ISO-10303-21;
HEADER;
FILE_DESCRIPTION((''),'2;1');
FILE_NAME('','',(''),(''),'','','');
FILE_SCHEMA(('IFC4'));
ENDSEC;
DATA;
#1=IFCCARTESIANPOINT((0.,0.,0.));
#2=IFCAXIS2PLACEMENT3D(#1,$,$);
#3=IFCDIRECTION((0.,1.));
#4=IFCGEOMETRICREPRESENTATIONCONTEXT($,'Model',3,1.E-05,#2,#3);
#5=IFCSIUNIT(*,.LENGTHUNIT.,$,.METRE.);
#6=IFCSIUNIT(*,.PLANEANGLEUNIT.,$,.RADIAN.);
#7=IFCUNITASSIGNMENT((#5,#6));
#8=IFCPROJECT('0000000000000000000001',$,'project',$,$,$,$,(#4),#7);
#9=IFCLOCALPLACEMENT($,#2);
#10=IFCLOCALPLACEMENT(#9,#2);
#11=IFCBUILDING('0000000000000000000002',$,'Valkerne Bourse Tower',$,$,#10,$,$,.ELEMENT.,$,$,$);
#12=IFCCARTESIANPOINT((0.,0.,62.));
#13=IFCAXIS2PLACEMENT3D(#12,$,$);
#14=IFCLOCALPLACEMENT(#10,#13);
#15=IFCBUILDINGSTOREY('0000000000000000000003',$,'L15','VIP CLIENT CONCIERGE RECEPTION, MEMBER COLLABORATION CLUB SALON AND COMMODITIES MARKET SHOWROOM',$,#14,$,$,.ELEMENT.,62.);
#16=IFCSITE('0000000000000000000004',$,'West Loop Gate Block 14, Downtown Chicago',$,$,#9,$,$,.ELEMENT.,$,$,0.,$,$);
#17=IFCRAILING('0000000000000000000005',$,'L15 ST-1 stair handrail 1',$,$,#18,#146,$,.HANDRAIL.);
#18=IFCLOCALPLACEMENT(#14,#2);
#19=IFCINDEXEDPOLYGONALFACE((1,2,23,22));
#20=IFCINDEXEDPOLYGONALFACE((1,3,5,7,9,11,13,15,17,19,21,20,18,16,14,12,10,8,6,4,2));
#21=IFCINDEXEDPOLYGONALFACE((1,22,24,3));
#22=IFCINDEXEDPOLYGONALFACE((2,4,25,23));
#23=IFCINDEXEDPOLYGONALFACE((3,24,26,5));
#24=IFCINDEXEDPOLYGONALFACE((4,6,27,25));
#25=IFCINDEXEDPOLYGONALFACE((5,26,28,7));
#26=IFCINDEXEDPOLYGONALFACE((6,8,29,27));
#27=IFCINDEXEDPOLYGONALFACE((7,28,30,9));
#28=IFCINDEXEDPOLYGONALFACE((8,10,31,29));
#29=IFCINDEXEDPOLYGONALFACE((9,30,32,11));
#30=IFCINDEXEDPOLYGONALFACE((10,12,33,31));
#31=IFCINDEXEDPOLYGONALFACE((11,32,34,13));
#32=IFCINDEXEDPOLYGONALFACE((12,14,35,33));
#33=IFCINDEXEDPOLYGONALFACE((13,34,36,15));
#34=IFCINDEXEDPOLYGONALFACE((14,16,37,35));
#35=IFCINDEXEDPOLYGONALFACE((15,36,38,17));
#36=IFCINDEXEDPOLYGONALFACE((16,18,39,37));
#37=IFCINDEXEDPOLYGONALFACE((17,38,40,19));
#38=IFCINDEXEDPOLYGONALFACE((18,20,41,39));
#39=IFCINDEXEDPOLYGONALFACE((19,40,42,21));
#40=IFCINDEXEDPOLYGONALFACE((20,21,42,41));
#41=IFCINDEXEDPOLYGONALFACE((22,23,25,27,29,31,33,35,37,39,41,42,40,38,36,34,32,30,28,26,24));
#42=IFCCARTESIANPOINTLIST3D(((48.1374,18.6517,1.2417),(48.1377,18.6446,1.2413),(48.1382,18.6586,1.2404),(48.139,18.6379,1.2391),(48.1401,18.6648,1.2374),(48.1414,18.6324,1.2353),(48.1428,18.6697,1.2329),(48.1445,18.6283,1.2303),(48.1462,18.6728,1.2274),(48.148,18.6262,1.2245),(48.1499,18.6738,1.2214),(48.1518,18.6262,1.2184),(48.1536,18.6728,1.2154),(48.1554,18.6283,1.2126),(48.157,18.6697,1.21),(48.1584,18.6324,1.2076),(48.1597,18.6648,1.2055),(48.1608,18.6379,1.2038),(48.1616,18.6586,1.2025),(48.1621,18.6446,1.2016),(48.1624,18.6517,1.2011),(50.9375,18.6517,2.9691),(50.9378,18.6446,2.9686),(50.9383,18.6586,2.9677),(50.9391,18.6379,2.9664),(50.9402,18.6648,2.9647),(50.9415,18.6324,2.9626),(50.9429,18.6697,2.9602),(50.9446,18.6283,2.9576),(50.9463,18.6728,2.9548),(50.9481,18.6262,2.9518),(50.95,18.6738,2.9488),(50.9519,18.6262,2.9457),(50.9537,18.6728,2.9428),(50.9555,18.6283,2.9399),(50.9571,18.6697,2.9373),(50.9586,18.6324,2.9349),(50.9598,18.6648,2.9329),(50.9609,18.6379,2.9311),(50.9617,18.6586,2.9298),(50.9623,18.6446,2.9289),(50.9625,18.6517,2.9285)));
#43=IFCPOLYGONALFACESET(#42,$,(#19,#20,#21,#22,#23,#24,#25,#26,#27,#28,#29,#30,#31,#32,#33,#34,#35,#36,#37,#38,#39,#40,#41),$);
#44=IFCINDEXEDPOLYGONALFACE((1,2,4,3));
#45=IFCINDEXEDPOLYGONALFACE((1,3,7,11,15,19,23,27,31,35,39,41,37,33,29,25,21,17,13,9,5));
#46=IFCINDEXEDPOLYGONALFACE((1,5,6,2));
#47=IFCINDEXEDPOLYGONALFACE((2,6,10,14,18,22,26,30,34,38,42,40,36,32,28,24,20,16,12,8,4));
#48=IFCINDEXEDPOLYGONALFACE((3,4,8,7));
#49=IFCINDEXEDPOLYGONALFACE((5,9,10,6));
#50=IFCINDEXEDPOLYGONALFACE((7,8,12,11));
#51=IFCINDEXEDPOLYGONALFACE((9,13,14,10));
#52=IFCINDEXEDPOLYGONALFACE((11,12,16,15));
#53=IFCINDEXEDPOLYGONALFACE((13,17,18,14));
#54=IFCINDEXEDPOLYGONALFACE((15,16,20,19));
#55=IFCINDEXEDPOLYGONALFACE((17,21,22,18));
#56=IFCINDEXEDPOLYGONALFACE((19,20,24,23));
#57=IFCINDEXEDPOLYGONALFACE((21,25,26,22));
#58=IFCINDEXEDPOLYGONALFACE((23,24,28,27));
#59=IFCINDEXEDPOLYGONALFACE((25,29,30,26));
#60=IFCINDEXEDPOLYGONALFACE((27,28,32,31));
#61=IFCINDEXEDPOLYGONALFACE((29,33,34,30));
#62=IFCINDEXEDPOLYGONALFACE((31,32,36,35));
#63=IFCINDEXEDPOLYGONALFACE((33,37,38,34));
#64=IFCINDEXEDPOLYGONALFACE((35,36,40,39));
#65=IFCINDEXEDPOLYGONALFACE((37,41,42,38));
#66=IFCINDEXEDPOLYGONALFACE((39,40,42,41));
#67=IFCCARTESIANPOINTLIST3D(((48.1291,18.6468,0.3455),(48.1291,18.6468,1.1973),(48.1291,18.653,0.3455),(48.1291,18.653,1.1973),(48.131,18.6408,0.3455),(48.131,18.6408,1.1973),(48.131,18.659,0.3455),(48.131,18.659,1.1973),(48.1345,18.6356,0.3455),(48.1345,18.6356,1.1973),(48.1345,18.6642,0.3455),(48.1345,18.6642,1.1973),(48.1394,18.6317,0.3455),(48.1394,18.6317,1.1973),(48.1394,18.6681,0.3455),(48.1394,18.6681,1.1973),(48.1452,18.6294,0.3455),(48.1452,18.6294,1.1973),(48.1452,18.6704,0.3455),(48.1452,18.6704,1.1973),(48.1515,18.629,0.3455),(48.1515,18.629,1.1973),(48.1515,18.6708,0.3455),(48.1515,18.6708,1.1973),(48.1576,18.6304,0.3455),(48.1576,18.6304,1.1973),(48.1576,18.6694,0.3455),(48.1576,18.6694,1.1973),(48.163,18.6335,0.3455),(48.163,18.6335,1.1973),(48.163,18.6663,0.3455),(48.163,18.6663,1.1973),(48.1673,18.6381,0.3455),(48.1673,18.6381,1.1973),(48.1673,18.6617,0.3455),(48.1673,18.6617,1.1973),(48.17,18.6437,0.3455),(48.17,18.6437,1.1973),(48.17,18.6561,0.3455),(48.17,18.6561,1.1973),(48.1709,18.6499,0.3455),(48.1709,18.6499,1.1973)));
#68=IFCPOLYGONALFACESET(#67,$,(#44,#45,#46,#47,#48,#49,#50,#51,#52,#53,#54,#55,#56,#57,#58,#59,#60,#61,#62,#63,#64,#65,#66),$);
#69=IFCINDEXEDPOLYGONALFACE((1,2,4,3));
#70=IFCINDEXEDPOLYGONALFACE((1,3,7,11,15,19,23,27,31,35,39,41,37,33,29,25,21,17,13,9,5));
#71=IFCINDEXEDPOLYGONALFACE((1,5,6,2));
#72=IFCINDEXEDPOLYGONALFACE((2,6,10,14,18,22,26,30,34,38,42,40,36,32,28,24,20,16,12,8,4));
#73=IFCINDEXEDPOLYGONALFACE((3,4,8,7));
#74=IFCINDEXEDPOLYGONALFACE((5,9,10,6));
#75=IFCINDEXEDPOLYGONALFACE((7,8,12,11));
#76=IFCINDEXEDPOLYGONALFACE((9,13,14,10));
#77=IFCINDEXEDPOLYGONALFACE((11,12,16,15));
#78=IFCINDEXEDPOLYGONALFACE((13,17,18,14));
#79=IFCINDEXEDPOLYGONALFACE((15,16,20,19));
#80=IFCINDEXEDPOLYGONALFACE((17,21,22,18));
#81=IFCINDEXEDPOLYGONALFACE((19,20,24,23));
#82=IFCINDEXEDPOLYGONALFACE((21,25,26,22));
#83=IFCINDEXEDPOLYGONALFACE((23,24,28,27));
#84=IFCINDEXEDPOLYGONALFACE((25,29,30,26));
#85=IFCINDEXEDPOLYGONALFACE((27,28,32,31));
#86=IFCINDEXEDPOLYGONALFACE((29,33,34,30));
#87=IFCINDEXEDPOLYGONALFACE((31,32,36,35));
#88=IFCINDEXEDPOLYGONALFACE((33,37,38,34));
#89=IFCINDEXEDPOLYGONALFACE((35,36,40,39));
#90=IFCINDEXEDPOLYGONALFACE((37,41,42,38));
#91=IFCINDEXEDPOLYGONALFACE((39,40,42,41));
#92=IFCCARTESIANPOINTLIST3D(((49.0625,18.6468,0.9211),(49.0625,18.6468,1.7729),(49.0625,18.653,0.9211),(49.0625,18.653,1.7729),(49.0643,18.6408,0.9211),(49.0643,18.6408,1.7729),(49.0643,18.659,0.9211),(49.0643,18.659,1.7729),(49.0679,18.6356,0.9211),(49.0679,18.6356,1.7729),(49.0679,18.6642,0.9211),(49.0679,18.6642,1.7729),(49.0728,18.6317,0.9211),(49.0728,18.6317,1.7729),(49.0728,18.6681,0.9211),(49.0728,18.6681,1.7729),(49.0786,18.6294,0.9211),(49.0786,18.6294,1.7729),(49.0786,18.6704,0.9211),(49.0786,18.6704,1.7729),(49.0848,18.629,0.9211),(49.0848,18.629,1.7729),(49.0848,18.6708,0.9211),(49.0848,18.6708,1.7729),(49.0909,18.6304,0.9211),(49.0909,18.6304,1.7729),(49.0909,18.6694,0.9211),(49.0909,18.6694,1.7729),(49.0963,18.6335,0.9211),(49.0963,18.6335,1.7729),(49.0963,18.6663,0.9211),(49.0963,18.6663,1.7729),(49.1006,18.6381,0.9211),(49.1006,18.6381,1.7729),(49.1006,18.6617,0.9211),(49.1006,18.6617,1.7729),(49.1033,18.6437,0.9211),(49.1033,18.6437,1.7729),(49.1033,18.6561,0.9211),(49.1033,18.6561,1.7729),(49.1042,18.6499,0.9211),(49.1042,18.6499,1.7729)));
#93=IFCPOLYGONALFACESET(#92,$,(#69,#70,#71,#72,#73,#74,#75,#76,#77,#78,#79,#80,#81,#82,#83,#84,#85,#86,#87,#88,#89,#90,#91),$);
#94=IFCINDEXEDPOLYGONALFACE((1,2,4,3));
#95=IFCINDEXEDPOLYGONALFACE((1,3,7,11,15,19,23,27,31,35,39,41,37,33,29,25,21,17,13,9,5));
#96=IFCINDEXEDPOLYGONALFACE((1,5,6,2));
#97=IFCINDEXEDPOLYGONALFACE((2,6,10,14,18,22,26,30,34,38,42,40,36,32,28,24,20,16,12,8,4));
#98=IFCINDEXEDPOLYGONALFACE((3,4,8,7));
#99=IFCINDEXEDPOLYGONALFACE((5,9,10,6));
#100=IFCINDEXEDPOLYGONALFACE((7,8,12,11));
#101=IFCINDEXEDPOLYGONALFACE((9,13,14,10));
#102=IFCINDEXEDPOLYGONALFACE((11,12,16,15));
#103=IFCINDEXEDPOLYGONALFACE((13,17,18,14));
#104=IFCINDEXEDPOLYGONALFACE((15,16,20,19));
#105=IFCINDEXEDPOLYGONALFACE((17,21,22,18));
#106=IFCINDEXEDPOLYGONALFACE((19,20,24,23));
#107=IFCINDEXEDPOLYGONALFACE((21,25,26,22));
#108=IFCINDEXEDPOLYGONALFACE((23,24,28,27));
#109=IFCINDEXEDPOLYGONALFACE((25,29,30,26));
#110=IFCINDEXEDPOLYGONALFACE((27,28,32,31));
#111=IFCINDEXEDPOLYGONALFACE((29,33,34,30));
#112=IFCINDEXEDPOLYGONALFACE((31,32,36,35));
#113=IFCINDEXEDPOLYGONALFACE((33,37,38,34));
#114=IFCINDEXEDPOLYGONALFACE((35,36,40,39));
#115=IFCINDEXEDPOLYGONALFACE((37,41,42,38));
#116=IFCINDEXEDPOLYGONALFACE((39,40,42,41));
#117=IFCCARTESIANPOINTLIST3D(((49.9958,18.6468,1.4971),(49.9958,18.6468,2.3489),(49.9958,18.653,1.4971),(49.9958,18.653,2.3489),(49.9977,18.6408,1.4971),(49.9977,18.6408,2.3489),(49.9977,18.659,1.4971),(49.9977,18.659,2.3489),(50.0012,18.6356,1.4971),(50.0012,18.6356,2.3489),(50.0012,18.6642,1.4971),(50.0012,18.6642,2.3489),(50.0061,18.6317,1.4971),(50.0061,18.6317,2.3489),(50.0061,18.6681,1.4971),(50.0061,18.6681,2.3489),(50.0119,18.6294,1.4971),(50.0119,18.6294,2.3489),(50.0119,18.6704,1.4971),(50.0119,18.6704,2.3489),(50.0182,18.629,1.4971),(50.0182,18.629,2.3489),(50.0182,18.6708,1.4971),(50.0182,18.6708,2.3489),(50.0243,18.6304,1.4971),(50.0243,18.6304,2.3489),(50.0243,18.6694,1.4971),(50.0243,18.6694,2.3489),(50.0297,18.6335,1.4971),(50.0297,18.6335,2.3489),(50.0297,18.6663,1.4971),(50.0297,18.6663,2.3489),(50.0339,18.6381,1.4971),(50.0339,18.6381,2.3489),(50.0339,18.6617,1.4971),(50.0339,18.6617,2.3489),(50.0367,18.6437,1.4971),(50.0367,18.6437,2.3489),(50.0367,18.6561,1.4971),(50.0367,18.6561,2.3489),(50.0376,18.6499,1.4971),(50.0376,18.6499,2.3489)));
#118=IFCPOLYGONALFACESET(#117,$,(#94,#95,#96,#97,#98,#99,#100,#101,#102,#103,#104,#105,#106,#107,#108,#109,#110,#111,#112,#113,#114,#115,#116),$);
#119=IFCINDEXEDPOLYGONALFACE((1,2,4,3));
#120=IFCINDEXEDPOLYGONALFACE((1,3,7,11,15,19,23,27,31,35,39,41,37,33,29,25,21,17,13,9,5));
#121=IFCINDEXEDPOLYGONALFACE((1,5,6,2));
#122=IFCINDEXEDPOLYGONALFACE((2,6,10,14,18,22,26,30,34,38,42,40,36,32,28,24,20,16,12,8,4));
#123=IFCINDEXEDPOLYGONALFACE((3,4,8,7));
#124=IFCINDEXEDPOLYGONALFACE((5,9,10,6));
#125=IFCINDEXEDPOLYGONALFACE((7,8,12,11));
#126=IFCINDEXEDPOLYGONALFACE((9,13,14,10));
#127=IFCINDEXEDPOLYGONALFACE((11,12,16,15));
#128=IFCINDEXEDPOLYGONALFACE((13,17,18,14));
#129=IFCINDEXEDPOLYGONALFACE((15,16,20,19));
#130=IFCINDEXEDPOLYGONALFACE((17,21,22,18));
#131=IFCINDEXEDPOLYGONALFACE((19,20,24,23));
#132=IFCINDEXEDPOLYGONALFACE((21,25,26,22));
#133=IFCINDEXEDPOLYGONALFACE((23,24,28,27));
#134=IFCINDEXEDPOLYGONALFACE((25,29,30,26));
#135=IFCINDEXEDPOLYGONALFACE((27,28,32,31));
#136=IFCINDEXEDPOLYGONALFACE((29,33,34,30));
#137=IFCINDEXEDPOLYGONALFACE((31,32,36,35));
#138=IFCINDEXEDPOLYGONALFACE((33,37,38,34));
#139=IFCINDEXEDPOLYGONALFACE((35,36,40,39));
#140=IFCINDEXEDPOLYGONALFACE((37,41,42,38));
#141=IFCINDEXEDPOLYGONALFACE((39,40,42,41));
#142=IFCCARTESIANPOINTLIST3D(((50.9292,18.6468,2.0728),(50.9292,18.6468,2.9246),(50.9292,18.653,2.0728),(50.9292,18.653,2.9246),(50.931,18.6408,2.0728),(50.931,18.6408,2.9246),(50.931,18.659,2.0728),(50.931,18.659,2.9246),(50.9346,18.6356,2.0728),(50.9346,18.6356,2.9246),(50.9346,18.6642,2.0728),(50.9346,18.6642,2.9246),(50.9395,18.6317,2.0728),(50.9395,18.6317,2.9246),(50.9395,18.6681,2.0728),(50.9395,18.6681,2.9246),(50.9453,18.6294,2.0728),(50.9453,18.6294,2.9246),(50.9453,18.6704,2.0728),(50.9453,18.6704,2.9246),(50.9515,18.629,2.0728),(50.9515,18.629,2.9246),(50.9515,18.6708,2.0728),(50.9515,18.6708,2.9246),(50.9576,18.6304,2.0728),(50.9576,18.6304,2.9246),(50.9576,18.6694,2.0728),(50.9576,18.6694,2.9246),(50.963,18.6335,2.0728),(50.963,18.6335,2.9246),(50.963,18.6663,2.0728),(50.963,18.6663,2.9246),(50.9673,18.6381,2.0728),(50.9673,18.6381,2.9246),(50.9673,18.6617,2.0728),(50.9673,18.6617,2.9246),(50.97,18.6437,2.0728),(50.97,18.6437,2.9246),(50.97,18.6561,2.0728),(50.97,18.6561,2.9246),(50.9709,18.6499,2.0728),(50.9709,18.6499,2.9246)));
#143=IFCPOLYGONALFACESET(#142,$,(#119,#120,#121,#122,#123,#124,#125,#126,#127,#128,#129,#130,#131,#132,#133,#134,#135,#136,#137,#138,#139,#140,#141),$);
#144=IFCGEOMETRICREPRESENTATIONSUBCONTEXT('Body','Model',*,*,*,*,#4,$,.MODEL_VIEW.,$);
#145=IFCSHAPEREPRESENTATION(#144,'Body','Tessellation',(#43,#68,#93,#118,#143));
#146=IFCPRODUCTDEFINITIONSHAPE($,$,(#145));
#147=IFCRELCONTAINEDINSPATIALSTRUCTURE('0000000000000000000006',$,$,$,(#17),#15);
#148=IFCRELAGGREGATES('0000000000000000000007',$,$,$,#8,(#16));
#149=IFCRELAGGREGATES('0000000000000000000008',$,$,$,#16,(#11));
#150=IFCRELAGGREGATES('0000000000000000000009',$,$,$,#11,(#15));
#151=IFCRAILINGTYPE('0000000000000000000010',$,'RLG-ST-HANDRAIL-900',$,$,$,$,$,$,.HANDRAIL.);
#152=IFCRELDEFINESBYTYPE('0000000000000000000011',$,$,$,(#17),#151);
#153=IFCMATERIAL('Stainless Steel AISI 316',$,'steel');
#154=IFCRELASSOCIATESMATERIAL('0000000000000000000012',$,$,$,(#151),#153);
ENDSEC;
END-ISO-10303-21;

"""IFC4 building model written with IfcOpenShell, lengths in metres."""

from ifc_helpers import new_model, si_unit, direction, frame, origin, origin_2d, place, context, subcontext, project, spatial, circle, extrude, material, type_object, element, save


model = new_model("IFC4")

# Units and contexts
model_context = context("Model", 3, precision=1e-05, world=origin(), true_north=direction((0.0, 1.0)))
body_context = subcontext(model_context, "Body", "Model", "MODEL_VIEW")
ifc_project = project(units=[si_unit("LENGTHUNIT", "METRE"), si_unit("PLANEANGLEUNIT", "RADIAN")], contexts=[model_context])

# Site, building, storey
site_placement = place(None, origin())
site = spatial("IfcSite", under=ifc_project, at=site_placement, Name="West Loop Gate Block 14, Downtown Chicago", CompositionType="ELEMENT", RefElevation=0.0)
building_placement = place(site_placement, origin())
building = spatial("IfcBuilding", under=site, at=building_placement, Name="Valkerne Bourse Tower", CompositionType="ELEMENT")
storey_placement = place(building_placement, frame((0.0, 0.0, 62.0)))
storey = spatial("IfcBuildingStorey", under=building, at=storey_placement, Name="L15", Description="VIP CLIENT CONCIERGE RECEPTION, MEMBER COLLABORATION CLUB SALON AND COMMODITIES MARKET SHOWROOM", CompositionType="ELEMENT", Elevation=62.0)

# Shared definitions
ifc_material_1 = material(Name="Stainless Steel AISI 316", Category="steel")

# Railing
railing_type_1 = type_object("IfcRailingType", Name="RLG-ST-HANDRAIL-900", PredefinedType="HANDRAIL", material=ifc_material_1)
railing_1_placement = place(storey_placement, frame((48.1499, 18.6499, 0.3455)))
element("IfcRailing", 1, at=railing_1_placement, inside=storey, type_object=railing_type_1, Name="L15 ST-1 stair handrail 1", PredefinedType="HANDRAIL", context=body_context, shape_type="SweptSolid", body=[
    extrude(circle(Radius=0.0239, at=origin_2d()), frame((0.0, 0.0, 0.876), z_axis=(0.85109, 0.0, 0.52502), x_axis=(0.0, 1.0, 0.0)), (0.0, 0.0, 1.0), 3.29),
    extrude(circle(Radius=0.021, at=origin_2d()), origin(), (0.0, 0.0, 1.0), 0.8518),
    extrude(circle(Radius=0.021, at=origin_2d()), frame((0.9333, 0.0, 0.5757)), (0.0, 0.0, 1.0), 0.8518),
    extrude(circle(Radius=0.021, at=origin_2d()), frame((1.8667, 0.0, 1.1516)), (0.0, 0.0, 1.0), 0.8518),
    extrude(circle(Radius=0.021, at=origin_2d()), frame((2.8, 0.0, 1.7273)), (0.0, 0.0, 1.0), 0.8518),
])

save(model, "model.ifc")
